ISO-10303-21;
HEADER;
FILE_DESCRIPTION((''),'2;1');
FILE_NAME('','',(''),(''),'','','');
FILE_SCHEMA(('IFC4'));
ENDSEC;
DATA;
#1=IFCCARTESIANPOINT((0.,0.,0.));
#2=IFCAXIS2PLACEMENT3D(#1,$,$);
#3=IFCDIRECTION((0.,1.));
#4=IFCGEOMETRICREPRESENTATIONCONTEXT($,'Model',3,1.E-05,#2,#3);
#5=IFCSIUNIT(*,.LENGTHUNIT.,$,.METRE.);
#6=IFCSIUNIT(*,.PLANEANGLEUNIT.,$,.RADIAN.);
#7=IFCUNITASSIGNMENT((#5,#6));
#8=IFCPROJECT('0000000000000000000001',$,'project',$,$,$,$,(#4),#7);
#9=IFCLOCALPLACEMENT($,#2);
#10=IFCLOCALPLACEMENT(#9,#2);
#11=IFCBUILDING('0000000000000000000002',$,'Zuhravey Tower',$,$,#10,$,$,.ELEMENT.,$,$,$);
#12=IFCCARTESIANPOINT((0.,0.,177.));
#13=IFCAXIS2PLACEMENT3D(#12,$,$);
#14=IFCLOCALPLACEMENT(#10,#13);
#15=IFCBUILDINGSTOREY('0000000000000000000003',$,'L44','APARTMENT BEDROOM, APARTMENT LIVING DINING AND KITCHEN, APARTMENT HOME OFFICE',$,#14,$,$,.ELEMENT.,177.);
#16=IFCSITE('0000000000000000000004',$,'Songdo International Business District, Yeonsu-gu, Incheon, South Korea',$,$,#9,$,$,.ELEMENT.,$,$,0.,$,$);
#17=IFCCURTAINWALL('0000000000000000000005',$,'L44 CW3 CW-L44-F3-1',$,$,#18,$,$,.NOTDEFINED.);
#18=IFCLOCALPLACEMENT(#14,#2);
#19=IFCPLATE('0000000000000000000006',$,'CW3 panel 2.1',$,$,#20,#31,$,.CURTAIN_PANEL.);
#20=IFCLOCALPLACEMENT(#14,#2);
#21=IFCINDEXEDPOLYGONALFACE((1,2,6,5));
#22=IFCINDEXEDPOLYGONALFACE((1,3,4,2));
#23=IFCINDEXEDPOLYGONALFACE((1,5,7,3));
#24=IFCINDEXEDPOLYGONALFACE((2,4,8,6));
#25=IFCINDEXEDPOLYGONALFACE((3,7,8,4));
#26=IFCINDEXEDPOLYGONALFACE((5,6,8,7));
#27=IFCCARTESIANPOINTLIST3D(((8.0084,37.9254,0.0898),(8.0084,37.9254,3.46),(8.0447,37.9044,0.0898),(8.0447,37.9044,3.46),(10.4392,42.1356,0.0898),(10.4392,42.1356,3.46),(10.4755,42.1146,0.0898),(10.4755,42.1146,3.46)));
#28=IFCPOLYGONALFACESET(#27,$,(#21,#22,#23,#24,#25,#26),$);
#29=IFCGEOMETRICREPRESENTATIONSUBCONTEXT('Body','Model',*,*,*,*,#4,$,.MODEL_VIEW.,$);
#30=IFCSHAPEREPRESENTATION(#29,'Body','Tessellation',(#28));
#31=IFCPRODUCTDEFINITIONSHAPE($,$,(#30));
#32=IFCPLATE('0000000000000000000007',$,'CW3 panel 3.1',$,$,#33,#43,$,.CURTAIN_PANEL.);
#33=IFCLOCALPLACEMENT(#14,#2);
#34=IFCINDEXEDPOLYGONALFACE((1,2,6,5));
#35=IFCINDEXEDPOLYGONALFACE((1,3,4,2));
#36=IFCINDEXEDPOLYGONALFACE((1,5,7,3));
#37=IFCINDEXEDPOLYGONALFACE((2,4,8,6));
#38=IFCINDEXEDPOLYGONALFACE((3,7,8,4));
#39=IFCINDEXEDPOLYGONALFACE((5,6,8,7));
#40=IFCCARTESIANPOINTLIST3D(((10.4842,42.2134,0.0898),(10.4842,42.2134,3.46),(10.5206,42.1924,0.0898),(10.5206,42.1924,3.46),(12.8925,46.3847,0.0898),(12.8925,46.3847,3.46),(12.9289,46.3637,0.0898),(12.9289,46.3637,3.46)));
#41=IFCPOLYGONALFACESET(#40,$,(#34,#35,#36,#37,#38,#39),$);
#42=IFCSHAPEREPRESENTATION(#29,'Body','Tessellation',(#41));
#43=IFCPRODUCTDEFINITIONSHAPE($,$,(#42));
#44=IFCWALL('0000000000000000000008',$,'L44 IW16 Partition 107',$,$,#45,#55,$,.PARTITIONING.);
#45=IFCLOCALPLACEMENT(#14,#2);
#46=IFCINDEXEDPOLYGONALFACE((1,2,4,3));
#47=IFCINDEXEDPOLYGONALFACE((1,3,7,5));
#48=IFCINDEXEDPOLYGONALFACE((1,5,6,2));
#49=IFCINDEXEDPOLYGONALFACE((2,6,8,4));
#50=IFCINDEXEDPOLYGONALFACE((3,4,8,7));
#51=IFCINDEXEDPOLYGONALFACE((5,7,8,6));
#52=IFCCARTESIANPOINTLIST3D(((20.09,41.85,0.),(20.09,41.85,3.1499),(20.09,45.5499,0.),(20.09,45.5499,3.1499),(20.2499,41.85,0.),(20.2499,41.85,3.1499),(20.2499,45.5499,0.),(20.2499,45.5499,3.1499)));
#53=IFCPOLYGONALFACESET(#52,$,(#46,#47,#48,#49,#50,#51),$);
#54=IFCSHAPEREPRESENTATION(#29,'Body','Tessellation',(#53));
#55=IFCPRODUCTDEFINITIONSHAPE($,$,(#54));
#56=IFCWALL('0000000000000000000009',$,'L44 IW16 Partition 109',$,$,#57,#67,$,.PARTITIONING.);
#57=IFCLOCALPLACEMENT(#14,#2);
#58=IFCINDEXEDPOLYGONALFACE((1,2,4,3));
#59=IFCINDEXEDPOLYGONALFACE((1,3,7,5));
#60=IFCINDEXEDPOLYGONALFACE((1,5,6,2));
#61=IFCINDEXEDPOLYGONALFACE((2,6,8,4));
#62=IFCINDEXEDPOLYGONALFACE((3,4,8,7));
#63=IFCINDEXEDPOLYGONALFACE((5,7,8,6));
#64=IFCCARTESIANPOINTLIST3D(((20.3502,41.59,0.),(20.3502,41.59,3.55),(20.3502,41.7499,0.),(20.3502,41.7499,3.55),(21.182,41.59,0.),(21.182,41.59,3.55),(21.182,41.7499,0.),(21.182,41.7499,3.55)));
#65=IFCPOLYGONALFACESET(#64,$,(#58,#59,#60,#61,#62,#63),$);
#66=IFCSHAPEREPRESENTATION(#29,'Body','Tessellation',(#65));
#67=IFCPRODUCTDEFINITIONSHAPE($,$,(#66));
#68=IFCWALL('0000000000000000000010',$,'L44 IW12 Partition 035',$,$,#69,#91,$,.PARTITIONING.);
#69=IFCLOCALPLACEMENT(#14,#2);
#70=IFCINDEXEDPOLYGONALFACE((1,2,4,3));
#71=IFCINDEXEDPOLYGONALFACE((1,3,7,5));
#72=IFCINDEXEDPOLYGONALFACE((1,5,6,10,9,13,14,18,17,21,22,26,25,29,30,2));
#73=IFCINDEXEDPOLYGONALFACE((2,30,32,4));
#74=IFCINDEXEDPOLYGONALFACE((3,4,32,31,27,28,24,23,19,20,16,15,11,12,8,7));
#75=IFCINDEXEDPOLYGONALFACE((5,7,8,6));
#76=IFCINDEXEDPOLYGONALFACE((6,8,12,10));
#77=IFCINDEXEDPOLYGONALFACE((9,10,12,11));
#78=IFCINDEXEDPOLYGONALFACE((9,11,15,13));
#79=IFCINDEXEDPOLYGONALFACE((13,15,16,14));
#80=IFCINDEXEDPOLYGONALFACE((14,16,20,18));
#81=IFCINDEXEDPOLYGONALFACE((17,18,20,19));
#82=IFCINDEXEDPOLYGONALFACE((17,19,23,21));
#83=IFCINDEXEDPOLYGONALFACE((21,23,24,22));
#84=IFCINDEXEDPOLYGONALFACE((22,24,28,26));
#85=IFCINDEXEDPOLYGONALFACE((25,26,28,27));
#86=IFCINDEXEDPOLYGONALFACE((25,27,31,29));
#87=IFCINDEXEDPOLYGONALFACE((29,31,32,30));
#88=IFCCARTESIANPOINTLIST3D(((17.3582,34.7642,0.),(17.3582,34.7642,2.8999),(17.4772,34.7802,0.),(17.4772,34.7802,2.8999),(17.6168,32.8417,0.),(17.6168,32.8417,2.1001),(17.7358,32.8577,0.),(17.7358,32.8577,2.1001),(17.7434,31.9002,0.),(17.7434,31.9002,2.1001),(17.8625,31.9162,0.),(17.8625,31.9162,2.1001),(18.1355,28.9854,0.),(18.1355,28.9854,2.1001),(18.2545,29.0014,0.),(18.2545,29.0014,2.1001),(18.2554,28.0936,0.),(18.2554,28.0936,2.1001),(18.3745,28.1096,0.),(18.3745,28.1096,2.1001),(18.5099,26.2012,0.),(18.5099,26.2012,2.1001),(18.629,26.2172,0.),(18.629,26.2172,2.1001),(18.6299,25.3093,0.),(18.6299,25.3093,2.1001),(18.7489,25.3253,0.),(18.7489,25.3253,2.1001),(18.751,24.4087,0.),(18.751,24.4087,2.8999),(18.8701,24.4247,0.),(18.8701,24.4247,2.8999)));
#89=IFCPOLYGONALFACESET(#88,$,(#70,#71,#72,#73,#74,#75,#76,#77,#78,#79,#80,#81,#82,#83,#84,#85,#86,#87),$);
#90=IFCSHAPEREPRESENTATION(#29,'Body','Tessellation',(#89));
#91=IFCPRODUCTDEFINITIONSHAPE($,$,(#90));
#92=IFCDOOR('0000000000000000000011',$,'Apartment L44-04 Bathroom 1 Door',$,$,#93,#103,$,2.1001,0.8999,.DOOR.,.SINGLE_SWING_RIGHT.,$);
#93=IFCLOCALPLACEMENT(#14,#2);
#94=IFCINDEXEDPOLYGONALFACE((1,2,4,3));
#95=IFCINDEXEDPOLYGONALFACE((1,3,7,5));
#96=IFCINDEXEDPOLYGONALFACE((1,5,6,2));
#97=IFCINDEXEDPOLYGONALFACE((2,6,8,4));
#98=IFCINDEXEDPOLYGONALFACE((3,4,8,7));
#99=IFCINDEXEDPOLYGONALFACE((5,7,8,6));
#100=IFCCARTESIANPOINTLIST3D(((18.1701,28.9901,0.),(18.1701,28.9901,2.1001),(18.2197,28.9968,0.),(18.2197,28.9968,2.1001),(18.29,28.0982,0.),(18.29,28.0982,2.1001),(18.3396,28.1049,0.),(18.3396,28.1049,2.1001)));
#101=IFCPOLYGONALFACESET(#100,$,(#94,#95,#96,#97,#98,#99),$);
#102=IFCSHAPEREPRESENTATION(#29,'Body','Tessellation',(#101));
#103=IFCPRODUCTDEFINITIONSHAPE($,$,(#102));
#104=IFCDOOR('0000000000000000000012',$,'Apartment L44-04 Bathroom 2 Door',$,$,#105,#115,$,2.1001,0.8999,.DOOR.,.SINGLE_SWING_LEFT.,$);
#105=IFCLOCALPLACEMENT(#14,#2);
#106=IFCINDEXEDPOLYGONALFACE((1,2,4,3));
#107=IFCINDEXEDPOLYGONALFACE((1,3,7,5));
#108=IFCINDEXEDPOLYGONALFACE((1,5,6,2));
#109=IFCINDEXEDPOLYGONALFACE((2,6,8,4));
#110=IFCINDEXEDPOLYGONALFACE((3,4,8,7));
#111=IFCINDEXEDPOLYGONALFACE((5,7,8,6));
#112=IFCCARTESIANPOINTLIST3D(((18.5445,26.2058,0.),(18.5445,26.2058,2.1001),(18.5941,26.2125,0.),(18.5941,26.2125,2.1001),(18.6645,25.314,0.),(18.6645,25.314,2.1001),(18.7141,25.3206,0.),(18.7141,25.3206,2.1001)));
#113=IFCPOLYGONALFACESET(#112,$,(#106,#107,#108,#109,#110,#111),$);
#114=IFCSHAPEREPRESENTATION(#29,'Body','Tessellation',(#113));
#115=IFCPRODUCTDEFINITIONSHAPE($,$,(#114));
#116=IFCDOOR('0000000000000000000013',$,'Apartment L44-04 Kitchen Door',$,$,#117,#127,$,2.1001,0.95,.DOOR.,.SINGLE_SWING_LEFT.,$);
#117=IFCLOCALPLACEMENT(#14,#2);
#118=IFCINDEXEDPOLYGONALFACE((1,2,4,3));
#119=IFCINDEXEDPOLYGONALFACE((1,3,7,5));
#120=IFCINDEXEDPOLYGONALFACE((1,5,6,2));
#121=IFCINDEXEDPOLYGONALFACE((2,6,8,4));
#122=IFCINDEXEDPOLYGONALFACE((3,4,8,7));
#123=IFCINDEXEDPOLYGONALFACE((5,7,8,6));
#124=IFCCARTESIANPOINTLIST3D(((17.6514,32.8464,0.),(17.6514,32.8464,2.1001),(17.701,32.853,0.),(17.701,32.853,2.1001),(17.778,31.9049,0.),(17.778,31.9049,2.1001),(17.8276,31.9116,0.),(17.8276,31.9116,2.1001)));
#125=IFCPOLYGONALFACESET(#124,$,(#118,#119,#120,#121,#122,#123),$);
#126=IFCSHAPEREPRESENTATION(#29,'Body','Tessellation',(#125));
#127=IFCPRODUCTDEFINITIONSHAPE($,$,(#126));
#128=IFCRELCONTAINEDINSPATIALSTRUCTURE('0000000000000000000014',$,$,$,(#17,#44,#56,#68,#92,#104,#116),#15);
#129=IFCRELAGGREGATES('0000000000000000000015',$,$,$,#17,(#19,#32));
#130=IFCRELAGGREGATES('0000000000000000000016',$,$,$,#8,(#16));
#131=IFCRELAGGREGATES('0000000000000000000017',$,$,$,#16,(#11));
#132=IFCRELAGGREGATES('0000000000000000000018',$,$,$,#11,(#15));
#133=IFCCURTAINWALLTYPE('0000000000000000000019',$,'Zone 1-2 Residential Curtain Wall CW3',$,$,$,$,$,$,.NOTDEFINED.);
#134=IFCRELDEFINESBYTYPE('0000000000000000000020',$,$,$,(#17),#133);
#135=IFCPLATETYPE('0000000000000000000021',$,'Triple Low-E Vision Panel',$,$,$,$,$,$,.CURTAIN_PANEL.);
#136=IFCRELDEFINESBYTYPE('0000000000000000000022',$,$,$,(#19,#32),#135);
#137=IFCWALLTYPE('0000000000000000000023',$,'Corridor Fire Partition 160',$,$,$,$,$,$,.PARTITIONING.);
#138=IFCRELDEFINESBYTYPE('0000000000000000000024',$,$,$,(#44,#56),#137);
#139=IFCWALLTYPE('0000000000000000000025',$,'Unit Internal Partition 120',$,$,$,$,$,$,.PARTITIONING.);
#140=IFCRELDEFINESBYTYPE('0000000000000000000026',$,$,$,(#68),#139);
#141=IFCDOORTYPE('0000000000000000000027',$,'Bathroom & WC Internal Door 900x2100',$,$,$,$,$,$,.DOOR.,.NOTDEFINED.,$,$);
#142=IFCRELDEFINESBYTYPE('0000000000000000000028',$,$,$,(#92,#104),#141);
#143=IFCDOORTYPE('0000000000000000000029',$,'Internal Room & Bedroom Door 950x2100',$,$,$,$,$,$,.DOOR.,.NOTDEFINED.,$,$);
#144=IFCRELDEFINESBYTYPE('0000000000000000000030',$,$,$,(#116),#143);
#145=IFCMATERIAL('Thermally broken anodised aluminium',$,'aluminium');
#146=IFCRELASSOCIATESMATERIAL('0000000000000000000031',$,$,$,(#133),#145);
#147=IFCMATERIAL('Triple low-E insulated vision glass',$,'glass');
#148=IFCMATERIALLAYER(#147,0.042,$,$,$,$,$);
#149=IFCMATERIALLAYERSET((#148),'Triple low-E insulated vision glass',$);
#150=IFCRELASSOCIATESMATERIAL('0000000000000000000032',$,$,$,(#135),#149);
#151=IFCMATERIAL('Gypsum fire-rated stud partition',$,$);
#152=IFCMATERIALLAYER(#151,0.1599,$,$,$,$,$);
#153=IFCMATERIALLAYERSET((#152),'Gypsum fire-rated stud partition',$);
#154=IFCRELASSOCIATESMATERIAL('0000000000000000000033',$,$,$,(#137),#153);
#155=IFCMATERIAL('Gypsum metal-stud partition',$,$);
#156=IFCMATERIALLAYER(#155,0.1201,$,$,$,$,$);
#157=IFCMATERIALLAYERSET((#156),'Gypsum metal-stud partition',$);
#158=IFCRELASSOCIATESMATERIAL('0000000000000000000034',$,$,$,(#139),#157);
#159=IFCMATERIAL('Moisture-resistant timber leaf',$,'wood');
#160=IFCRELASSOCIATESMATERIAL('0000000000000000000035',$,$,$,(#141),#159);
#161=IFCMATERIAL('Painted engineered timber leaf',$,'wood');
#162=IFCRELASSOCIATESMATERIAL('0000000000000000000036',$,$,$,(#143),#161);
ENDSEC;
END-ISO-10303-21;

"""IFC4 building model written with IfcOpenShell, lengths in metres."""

from ifc_helpers import new_model, si_unit, direction, frame, frame_2d, origin, origin_2d, place, context, subcontext, project, spatial, rectangle, extrude, material, layer, layer_set, type_object, element, fill, aggregate, save


model = new_model("IFC4")

# Units and contexts
model_context = context("Model", 3, precision=1e-05, world=origin(), true_north=direction((0.0, 1.0)))
body_context = subcontext(model_context, "Body", "Model", "MODEL_VIEW")
ifc_project = project(units=[si_unit("LENGTHUNIT", "METRE"), si_unit("PLANEANGLEUNIT", "RADIAN")], contexts=[model_context])

# Site, building, storey
site_placement = place(None, origin())
site = spatial("IfcSite", under=ifc_project, at=site_placement, Name="Songdo International Business District, Yeonsu-gu, Incheon, South Korea", CompositionType="ELEMENT", RefElevation=0.0)
building_placement = place(site_placement, origin())
building = spatial("IfcBuilding", under=site, at=building_placement, Name="Zuhravey Tower", CompositionType="ELEMENT")
storey_placement = place(building_placement, frame((0.0, 0.0, 177.0)))
storey = spatial("IfcBuildingStorey", under=building, at=storey_placement, Name="L44", Description="APARTMENT BEDROOM, APARTMENT LIVING DINING AND KITCHEN, APARTMENT HOME OFFICE", CompositionType="ELEMENT", Elevation=177.0)

# Curtain wall
ifc_material_1 = material(Name="Thermally broken anodised aluminium", Category="aluminium")
curtain_wall_type = type_object("IfcCurtainWallType", Name="Zone 1-2 Residential Curtain Wall CW3", PredefinedType="NOTDEFINED", material=ifc_material_1)
curtain_wall_placement = place(storey_placement, origin())
curtain_wall = element("IfcCurtainWall", 1, at=curtain_wall_placement, inside=storey, type_object=curtain_wall_type, Name="L44 CW3 CW-L44-F3-1", PredefinedType="NOTDEFINED")

# Plates
ifc_material_2 = material(Name="Triple low-E insulated vision glass", Category="glass")
ifc_layer_1 = layer(ifc_material_2, 0.042)
ifc_layer_set_1 = layer_set([ifc_layer_1], Name="Triple low-E insulated vision glass")
plate_type_1 = type_object("IfcPlateType", Name="Triple Low-E Vision Panel", PredefinedType="CURTAIN_PANEL", material=ifc_layer_set_1)
plate_1_placement = place(storey_placement, frame((9.2419, 40.02, 0.0898), z_axis=(0.0, 0.0, 1.0), x_axis=(0.5, 0.866025, 0.0)))
plate_1 = element("IfcPlate", 2, at=plate_1_placement, type_object=plate_type_1, Name="CW3 panel 2.1", PredefinedType="CURTAIN_PANEL", context=body_context, shape_type="SweptSolid", body=[
    extrude(rectangle(XDim=4.8616, YDim=0.042, at=origin_2d()), origin(), (0.0, 0.0, 1.0), 3.3701),
])
plate_2_placement = place(storey_placement, frame((11.7065, 44.2886, 0.0898), z_axis=(0.0, 0.0, 1.0), x_axis=(0.5, 0.866025, 0.0)))
plate_2 = element("IfcPlate", 3, at=plate_2_placement, type_object=plate_type_1, Name="CW3 panel 3.1", PredefinedType="CURTAIN_PANEL", context=body_context, shape_type="SweptSolid", body=[
    extrude(rectangle(XDim=4.8167, YDim=0.042, at=origin_2d()), origin(), (0.0, 0.0, 1.0), 3.3701),
])
aggregate(curtain_wall, [plate_1, plate_2])

# Walls
ifc_material_3 = material(Name="Gypsum fire-rated stud partition")
ifc_layer_2 = layer(ifc_material_3, 0.1599)
ifc_layer_set_2 = layer_set([ifc_layer_2], Name="Gypsum fire-rated stud partition")
wall_type_1 = type_object("IfcWallType", Name="Corridor Fire Partition 160", PredefinedType="PARTITIONING", material=ifc_layer_set_2)
wall_1_placement = place(storey_placement, frame((20.1699, 45.55, 0.0), z_axis=(0.0, 0.0, 1.0), x_axis=(0.0, -1.0, 0.0)))
element("IfcWall", 4, at=wall_1_placement, inside=storey, type_object=wall_type_1, Name="L44 IW16 Partition 107", PredefinedType="PARTITIONING", context=body_context, shape_type="SweptSolid", body=[
    extrude(rectangle(XDim=3.7, YDim=0.1599, at=frame_2d((1.8501, 0.0))), origin(), (0.0, 0.0, 1.0), 3.1499),
])
wall_2_placement = place(storey_placement, frame((20.3501, 41.6699, 0.0), z_axis=(0.0, 0.0, 1.0), x_axis=(1.0, 0.0, 0.0)))
element("IfcWall", 5, at=wall_2_placement, inside=storey, type_object=wall_type_1, Name="L44 IW16 Partition 109", PredefinedType="PARTITIONING", context=body_context, shape_type="SweptSolid", body=[
    extrude(rectangle(XDim=0.8318, YDim=0.1599, at=frame_2d((0.416, 0.0))), origin(), (0.0, 0.0, 1.0), 3.55),
])

# Wall, openings, doors
ifc_material_4 = material(Name="Gypsum metal-stud partition")
ifc_layer_3 = layer(ifc_material_4, 0.1201)
ifc_layer_set_3 = layer_set([ifc_layer_3], Name="Gypsum metal-stud partition")
wall_type_2 = type_object("IfcWallType", Name="Unit Internal Partition 120", PredefinedType="PARTITIONING", material=ifc_layer_set_3)
wall_3_placement = place(storey_placement, frame((17.4177, 34.7722, 0.0), z_axis=(0.0, 0.0, 1.0), x_axis=(0.133301, -0.991076, 0.0)))
wall_3 = element("IfcWall", 6, at=wall_3_placement, inside=storey, type_object=wall_type_2, Name="L44 IW12 Partition 035", PredefinedType="PARTITIONING", context=body_context, shape_type="SweptSolid", body=[
    extrude(rectangle(XDim=10.4487, YDim=0.1201, at=frame_2d((5.2244, 0.0))), origin(), (0.0, 0.0, 1.0), 2.8999),
])
opening_1_placement = place(wall_3_placement, frame((1.9397, 0.0, 0.0)))
opening_1 = element("IfcOpeningElement", 7, at=opening_1_placement, cuts=wall_3, PredefinedType="OPENING", context=body_context, shape_type="SweptSolid", body=[
    extrude(rectangle(XDim=0.95, YDim=2.1001, at=frame_2d((0.4751, 1.05))), frame((0.0, 0.072, 0.0), z_axis=(0.0, -1.0, 0.0), x_axis=(1.0, 0.0, 0.0)), (0.0, 0.0, 1.0), 0.144),
])
opening_2_placement = place(wall_3_placement, frame((5.8308, 0.0, 0.0)))
opening_2 = element("IfcOpeningElement", 8, at=opening_2_placement, cuts=wall_3, PredefinedType="OPENING", context=body_context, shape_type="SweptSolid", body=[
    extrude(rectangle(XDim=0.8999, YDim=2.1001, at=frame_2d((0.45, 1.05))), frame((0.0, 0.072, 0.0), z_axis=(0.0, -1.0, 0.0), x_axis=(1.0, 0.0, 0.0)), (0.0, 0.0, 1.0), 0.144),
])
opening_3_placement = place(wall_3_placement, frame((8.6401, 0.0, 0.0)))
opening_3 = element("IfcOpeningElement", 9, at=opening_3_placement, cuts=wall_3, PredefinedType="OPENING", context=body_context, shape_type="SweptSolid", body=[
    extrude(rectangle(XDim=0.8999, YDim=2.1001, at=frame_2d((0.45, 1.05))), frame((0.0, 0.072, 0.0), z_axis=(0.0, -1.0, 0.0), x_axis=(1.0, 0.0, 0.0)), (0.0, 0.0, 1.0), 0.144),
])
ifc_material_5 = material(Name="Moisture-resistant timber leaf", Category="wood")
door_type_1 = type_object("IfcDoorType", Name="Bathroom & WC Internal Door 900x2100", OperationType="NOTDEFINED", PredefinedType="DOOR", material=ifc_material_5)
door_1_placement = place(opening_2_placement, origin())
door_1 = element("IfcDoor", 10, at=door_1_placement, inside=storey, type_object=door_type_1, Name="Apartment L44-04 Bathroom 1 Door", OperationType="SINGLE_SWING_RIGHT", OverallHeight=2.1001, OverallWidth=0.8999, PredefinedType="DOOR", context=body_context, shape_type="SweptSolid", body=[
    extrude(rectangle(XDim=0.8999, YDim=2.1001, at=frame_2d((0.45, 1.05))), frame((0.0, 0.0249, 0.0), z_axis=(0.0, -1.0, 0.0), x_axis=(1.0, 0.0, 0.0)), (0.0, 0.0, 1.0), 0.05),
])
fill(opening_2, door_1)
door_2_placement = place(opening_3_placement, origin())
door_2 = element("IfcDoor", 11, at=door_2_placement, inside=storey, type_object=door_type_1, Name="Apartment L44-04 Bathroom 2 Door", OperationType="SINGLE_SWING_LEFT", OverallHeight=2.1001, OverallWidth=0.8999, PredefinedType="DOOR", context=body_context, shape_type="SweptSolid", body=[
    extrude(rectangle(XDim=0.8999, YDim=2.1001, at=frame_2d((0.45, 1.05))), frame((0.0, 0.0249, 0.0), z_axis=(0.0, -1.0, 0.0), x_axis=(1.0, 0.0, 0.0)), (0.0, 0.0, 1.0), 0.05),
])
fill(opening_3, door_2)
ifc_material_6 = material(Name="Painted engineered timber leaf", Category="wood")
door_type_2 = type_object("IfcDoorType", Name="Internal Room & Bedroom Door 950x2100", OperationType="NOTDEFINED", PredefinedType="DOOR", material=ifc_material_6)
door_3_placement = place(opening_1_placement, origin())
door_3 = element("IfcDoor", 12, at=door_3_placement, inside=storey, type_object=door_type_2, Name="Apartment L44-04 Kitchen Door", OperationType="SINGLE_SWING_LEFT", OverallHeight=2.1001, OverallWidth=0.95, PredefinedType="DOOR", context=body_context, shape_type="SweptSolid", body=[
    extrude(rectangle(XDim=0.95, YDim=2.1001, at=frame_2d((0.4751, 1.05))), frame((0.0, 0.0249, 0.0), z_axis=(0.0, -1.0, 0.0), x_axis=(1.0, 0.0, 0.0)), (0.0, 0.0, 1.0), 0.05),
])
fill(opening_1, door_3)

save(model, "model.ifc")
